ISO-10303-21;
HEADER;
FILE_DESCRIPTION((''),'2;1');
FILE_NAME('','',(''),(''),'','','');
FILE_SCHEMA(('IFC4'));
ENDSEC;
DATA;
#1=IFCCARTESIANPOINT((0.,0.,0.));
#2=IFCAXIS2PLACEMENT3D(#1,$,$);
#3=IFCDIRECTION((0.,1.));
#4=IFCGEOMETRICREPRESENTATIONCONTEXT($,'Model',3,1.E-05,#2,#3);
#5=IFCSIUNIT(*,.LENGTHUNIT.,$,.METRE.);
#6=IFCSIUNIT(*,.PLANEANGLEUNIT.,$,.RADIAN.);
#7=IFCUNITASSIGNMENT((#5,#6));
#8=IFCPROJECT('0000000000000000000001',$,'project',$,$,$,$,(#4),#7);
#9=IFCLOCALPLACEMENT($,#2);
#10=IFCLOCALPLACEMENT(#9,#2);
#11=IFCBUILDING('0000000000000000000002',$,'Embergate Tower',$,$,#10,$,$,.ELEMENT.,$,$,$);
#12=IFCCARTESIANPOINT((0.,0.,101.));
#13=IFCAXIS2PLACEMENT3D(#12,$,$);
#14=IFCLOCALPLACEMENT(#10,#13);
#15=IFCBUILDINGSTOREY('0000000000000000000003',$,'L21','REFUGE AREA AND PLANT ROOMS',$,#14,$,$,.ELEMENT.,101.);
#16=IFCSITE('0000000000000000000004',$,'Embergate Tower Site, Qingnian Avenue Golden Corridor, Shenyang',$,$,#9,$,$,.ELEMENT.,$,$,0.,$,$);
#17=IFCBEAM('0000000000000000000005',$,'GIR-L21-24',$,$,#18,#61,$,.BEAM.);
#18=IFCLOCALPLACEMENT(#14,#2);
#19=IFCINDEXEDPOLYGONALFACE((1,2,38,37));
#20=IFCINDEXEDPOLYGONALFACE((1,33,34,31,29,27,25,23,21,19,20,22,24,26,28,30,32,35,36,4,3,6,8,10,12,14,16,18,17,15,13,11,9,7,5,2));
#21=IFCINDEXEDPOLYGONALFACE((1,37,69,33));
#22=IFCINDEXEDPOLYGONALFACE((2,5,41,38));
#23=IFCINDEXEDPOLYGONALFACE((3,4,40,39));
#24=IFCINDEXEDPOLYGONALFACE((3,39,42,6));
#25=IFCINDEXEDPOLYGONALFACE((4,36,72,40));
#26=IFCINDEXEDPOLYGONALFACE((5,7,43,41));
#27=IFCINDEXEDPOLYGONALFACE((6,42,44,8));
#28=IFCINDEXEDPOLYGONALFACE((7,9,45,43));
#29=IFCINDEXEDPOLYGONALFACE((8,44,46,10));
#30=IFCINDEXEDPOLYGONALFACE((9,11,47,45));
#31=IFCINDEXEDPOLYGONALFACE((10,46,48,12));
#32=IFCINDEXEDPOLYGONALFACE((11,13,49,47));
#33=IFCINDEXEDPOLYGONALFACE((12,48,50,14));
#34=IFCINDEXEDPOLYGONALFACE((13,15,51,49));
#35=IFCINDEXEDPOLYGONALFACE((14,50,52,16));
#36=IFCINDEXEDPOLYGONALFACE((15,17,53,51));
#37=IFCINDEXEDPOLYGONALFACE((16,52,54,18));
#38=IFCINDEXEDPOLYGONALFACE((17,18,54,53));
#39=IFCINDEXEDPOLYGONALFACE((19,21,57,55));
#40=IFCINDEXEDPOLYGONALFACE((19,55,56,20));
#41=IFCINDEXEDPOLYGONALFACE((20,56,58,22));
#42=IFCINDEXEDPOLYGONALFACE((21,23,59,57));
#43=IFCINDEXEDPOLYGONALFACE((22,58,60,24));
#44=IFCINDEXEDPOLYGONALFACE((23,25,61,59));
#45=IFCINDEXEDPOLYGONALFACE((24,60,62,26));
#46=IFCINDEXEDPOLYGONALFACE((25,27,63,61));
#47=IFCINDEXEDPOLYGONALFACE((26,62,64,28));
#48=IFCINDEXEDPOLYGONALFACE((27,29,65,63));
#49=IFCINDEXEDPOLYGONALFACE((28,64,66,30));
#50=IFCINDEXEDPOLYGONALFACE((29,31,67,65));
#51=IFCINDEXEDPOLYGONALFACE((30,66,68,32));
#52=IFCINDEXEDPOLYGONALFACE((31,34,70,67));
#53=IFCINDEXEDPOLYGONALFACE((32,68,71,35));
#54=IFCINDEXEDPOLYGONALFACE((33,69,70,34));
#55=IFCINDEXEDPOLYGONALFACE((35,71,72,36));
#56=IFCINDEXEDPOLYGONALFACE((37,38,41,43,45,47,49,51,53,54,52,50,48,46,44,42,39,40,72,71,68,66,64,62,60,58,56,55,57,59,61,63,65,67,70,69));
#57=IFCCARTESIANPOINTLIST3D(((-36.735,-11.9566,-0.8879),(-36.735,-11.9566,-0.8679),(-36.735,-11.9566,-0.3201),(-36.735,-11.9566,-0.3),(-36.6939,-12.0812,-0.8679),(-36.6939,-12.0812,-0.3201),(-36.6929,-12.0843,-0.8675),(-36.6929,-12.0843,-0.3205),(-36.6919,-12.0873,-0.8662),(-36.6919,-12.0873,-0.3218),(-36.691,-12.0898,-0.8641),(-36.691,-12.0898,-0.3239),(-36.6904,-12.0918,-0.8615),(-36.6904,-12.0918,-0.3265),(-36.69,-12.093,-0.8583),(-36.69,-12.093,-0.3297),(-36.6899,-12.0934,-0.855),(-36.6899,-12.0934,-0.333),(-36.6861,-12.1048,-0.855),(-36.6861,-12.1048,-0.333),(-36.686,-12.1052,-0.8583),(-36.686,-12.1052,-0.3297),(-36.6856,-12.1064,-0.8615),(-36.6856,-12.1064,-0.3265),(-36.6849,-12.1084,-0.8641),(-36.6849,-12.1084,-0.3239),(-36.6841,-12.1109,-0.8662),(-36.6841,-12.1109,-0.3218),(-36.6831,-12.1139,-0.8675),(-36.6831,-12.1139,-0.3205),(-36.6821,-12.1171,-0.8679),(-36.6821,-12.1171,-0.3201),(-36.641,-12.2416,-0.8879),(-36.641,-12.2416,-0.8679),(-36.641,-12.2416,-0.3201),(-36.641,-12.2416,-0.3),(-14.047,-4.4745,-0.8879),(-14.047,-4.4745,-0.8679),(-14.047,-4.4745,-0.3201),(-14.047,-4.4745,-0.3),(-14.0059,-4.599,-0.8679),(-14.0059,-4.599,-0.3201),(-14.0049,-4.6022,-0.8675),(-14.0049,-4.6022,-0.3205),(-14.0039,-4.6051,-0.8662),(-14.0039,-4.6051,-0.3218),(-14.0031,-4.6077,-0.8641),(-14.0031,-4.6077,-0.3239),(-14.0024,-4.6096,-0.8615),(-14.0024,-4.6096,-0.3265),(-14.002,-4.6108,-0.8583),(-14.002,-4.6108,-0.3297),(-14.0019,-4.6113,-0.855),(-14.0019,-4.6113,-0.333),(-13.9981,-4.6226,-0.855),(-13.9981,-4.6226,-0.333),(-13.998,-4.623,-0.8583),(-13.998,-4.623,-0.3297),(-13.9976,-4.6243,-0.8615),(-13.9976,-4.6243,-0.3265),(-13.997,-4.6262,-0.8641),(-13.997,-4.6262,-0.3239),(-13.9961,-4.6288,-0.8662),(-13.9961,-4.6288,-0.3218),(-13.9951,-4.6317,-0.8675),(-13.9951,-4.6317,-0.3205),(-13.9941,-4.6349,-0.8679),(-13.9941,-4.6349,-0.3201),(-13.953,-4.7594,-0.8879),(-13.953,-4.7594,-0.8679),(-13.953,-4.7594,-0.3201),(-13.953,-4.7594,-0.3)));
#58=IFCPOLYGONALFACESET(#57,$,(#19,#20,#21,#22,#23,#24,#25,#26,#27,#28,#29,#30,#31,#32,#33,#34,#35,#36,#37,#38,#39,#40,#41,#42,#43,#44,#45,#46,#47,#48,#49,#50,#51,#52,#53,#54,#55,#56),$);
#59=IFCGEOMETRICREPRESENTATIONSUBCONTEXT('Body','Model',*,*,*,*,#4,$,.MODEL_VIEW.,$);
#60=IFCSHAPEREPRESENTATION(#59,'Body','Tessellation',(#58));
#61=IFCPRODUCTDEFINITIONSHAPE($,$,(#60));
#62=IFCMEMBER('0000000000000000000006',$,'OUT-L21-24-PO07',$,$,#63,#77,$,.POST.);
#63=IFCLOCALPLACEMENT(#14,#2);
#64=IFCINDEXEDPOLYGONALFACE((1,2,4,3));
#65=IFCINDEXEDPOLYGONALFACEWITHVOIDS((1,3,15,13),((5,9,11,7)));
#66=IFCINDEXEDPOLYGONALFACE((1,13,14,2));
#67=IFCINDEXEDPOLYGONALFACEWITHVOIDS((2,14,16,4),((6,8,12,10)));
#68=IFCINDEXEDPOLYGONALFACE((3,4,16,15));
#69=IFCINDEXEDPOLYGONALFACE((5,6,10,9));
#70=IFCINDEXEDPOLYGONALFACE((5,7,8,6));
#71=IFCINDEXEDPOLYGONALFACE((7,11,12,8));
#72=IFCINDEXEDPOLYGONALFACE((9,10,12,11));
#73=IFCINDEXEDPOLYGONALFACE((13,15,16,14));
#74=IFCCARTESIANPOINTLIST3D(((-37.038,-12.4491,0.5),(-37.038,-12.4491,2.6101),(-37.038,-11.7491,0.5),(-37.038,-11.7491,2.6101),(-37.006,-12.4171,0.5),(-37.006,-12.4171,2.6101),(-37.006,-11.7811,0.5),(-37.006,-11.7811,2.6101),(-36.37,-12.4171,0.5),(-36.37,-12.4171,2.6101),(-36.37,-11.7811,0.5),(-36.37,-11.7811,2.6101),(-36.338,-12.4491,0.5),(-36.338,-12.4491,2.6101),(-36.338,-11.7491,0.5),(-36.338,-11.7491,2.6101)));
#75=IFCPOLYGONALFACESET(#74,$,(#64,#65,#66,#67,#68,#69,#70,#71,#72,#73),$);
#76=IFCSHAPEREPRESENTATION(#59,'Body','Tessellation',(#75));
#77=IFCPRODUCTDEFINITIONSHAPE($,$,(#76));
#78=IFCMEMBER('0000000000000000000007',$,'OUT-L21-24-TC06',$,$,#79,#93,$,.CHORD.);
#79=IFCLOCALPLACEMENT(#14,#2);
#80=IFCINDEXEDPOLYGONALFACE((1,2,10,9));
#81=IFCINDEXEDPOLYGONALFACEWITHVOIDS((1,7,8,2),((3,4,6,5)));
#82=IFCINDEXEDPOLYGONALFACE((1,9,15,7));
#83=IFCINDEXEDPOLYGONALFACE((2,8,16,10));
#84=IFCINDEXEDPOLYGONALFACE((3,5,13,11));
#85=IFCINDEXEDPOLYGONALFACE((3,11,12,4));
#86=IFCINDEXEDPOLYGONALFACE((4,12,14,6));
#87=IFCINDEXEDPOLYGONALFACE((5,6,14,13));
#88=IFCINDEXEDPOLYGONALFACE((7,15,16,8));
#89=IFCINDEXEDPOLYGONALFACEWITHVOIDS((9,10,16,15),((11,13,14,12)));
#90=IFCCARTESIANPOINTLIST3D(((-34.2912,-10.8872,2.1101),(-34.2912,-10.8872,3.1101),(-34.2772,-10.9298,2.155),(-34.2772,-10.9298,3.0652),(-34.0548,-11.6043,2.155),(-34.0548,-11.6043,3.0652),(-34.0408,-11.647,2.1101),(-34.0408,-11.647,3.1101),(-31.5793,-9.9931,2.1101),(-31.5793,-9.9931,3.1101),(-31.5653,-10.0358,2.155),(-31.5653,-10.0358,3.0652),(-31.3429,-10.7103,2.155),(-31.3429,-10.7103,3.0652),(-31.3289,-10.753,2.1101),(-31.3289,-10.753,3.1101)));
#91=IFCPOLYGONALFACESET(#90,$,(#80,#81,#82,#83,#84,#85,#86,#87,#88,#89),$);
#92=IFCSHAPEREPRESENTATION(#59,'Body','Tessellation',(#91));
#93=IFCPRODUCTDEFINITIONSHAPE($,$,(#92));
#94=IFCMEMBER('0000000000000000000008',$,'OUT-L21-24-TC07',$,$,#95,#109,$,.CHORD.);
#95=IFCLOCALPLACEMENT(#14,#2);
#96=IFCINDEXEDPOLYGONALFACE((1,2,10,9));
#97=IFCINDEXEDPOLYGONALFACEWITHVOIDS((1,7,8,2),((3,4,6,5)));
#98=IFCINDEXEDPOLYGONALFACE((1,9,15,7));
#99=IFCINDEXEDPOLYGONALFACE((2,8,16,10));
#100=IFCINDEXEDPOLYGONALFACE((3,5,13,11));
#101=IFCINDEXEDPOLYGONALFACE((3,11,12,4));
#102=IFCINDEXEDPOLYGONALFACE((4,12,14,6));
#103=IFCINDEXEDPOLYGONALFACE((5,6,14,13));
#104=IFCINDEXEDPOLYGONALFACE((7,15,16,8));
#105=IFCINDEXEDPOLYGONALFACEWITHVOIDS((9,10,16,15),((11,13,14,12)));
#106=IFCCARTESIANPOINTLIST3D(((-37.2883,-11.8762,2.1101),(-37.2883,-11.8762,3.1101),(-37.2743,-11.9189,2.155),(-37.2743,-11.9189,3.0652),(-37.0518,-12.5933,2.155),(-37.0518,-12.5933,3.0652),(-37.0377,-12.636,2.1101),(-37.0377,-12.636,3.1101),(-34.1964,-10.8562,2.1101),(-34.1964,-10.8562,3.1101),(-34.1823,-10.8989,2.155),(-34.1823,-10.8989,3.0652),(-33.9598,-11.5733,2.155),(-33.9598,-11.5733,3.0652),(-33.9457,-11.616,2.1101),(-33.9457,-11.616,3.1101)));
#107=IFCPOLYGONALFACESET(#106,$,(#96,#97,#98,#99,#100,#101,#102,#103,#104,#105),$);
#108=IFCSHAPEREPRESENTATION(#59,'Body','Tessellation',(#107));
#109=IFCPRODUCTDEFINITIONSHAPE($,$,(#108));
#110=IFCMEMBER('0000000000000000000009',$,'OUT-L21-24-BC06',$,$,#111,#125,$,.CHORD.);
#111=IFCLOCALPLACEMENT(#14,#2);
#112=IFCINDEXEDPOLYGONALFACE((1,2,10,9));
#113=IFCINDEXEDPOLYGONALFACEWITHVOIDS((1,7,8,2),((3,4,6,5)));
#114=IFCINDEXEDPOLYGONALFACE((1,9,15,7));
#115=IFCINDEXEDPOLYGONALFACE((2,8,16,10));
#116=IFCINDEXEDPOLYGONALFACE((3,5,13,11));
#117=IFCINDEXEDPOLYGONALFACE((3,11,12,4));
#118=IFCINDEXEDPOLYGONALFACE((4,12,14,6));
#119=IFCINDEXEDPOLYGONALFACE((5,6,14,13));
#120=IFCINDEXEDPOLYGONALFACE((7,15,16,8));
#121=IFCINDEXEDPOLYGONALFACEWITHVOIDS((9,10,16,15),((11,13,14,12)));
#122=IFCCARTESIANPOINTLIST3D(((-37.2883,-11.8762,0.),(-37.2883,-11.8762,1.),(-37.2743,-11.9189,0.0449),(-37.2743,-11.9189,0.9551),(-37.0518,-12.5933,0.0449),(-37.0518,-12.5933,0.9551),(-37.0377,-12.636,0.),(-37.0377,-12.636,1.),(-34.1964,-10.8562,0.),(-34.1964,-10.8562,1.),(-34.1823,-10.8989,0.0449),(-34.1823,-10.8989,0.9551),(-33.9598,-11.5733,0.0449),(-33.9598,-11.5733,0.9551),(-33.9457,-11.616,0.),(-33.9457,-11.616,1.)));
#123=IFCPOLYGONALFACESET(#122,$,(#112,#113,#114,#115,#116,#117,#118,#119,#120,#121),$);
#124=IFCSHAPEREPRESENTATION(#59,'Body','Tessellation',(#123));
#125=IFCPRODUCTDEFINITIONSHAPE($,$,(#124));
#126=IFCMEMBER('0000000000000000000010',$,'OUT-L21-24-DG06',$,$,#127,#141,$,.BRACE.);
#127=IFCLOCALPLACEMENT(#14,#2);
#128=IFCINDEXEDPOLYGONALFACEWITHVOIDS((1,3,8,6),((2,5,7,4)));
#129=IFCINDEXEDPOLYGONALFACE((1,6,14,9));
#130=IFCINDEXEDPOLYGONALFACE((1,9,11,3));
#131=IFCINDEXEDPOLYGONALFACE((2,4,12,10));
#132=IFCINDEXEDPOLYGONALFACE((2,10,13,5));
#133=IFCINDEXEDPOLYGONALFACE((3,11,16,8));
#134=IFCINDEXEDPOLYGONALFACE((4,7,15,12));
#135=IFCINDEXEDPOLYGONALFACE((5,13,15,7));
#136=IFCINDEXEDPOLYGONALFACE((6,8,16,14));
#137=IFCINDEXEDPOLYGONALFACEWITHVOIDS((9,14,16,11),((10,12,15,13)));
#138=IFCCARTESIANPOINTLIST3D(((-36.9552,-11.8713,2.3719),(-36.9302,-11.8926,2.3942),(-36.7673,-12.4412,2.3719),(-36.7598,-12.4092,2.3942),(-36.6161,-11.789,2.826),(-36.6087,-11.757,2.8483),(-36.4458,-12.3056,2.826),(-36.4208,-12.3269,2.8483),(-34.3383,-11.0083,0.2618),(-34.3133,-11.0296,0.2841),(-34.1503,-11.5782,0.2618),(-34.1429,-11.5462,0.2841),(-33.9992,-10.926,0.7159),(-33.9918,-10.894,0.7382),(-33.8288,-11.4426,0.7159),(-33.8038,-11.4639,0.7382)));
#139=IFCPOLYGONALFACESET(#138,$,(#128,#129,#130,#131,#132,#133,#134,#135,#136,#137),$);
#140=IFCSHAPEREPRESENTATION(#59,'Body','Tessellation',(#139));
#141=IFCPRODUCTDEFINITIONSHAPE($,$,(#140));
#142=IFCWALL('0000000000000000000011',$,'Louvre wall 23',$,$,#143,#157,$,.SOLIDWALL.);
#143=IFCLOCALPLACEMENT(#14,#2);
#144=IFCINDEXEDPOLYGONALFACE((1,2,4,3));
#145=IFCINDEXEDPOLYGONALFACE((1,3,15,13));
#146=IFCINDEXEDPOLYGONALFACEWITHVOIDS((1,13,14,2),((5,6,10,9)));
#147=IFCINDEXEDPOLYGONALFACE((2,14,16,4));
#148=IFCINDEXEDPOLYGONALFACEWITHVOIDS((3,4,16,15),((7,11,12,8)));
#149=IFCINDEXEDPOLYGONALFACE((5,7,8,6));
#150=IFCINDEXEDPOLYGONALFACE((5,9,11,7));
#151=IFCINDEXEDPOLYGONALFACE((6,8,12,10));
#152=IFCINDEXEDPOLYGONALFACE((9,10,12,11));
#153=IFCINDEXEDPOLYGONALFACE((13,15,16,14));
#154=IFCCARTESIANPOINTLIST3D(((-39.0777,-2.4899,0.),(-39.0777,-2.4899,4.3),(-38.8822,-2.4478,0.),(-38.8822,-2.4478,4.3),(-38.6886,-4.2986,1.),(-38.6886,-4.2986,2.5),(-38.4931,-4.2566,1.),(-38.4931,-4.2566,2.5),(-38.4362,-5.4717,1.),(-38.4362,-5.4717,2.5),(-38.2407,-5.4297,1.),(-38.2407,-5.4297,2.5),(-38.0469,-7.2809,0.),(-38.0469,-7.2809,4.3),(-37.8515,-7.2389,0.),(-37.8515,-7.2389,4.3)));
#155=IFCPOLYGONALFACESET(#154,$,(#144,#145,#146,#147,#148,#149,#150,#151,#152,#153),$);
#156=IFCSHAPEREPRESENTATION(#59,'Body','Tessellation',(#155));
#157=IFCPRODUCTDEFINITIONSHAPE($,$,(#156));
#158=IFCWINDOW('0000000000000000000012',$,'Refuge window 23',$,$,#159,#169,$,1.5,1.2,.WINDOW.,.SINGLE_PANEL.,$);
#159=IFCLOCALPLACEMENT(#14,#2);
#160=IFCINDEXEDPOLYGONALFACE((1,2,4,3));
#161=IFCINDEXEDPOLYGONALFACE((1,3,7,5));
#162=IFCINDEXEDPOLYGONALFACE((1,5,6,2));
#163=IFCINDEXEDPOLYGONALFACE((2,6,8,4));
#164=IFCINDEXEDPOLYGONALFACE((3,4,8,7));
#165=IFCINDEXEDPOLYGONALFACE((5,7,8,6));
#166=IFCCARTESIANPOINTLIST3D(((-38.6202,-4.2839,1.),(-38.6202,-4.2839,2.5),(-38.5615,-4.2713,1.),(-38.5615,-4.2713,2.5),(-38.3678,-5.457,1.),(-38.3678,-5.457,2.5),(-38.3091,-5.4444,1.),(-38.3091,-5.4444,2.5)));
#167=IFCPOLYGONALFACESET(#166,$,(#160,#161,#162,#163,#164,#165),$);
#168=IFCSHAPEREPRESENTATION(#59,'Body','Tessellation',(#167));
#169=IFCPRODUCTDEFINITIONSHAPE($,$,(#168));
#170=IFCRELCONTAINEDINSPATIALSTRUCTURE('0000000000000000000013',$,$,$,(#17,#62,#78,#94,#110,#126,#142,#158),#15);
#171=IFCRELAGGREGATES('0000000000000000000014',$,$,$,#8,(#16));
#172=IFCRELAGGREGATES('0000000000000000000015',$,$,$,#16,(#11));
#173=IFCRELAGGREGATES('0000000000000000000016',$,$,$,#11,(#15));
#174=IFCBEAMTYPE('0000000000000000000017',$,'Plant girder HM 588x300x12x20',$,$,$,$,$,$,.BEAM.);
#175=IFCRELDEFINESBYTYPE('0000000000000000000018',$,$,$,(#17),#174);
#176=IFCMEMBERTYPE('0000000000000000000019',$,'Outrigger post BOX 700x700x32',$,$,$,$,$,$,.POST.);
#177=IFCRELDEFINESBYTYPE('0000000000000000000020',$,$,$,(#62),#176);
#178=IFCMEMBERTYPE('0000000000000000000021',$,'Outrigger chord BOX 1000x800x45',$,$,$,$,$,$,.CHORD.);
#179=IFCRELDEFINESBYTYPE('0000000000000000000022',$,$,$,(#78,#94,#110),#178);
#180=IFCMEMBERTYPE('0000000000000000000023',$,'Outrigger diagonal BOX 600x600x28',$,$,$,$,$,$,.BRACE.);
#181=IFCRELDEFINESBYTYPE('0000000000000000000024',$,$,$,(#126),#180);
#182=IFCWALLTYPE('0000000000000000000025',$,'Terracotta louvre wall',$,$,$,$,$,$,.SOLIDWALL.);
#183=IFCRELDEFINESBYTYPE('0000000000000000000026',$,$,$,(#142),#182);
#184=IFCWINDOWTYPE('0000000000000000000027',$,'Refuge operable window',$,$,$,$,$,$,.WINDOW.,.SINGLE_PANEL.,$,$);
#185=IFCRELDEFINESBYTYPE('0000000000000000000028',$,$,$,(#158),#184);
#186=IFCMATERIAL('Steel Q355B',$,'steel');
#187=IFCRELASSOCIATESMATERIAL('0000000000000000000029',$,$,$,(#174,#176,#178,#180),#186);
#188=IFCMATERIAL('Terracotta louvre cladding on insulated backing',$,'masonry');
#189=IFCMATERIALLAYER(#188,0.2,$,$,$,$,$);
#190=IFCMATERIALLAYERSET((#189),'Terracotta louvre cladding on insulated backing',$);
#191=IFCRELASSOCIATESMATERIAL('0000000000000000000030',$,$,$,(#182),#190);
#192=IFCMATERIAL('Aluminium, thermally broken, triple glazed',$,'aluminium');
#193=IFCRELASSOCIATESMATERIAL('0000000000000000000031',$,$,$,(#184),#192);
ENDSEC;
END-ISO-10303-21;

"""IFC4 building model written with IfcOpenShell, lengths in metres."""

from ifc_helpers import new_model, si_unit, direction, frame, frame_2d, origin, origin_2d, place, context, subcontext, project, spatial, rectangle, hollow_rectangle, i_section, extrude, source, transform, mapped, material, layer, layer_set, material_profile, profile_set, type_object, element, fill, save


model = new_model("IFC4")

# Units and contexts
model_context = context("Model", 3, precision=1e-05, world=origin(), true_north=direction((0.0, 1.0)))
body_context = subcontext(model_context, "Body", "Model", "MODEL_VIEW")
ifc_project = project(units=[si_unit("LENGTHUNIT", "METRE"), si_unit("PLANEANGLEUNIT", "RADIAN")], contexts=[model_context])

# Site, building, storey
site_placement = place(None, origin())
site = spatial("IfcSite", under=ifc_project, at=site_placement, Name="Embergate Tower Site, Qingnian Avenue Golden Corridor, Shenyang", CompositionType="ELEMENT", RefElevation=0.0)
building_placement = place(site_placement, origin())
building = spatial("IfcBuilding", under=site, at=building_placement, Name="Embergate Tower", CompositionType="ELEMENT")
storey_placement = place(building_placement, frame((0.0, 0.0, 101.0)))
storey = spatial("IfcBuildingStorey", under=building, at=storey_placement, Name="L21", Description="REFUGE AREA AND PLANT ROOMS", CompositionType="ELEMENT", Elevation=101.0)

# Beam
ifc_material_1 = material(Name="Steel Q355B", Category="steel")
ifc_material_profile_1 = material_profile(ifc_material_1, i_section(OverallWidth=0.3, OverallDepth=0.5879, WebThickness=0.012, FlangeThickness=0.02, FilletRadius=0.0129, at=origin_2d()), Name="HM 588x300x12x20")
ifc_profile_set_1 = profile_set([ifc_material_profile_1], Name="Steel Q355 grade B")
beam_type_1 = type_object("IfcBeamType", Name="Plant girder HM 588x300x12x20", PredefinedType="BEAM", material=ifc_profile_set_1)
shared_shape_1 = source(origin(), body_context, "Body", "SweptSolid", [
    extrude(i_section(OverallWidth=0.3, OverallDepth=0.5879, WebThickness=0.012, FlangeThickness=0.02, FilletRadius=0.0129, at=origin_2d()), origin(), (0.0, 0.0, 1.0), 23.8899),
])
beam_1_placement = place(storey_placement, frame((-36.688, -12.0991, -0.594), z_axis=(0.949689, 0.313194, 0.0), x_axis=(-0.313194, 0.949689, 0.0)))
element("IfcBeam", 1, at=beam_1_placement, inside=storey, type_object=beam_type_1, Name="GIR-L21-24", PredefinedType="BEAM", context=body_context, shape_type="MappedRepresentation", body=[
    mapped(shared_shape_1, transform((0.0, 0.0, 0.0))),
])

# Members
ifc_material_profile_2 = material_profile(ifc_material_1, hollow_rectangle(XDim=0.7, YDim=0.7, WallThickness=0.032, at=origin_2d()), Name="BOX 700x700x32")
ifc_profile_set_2 = profile_set([ifc_material_profile_2], Name="Steel Q355 grade B")
member_type_1 = type_object("IfcMemberType", Name="Outrigger post BOX 700x700x32", PredefinedType="POST", material=ifc_profile_set_2)
shared_shape_2 = source(origin(), body_context, "Body", "SweptSolid", [
    extrude(hollow_rectangle(XDim=0.7, YDim=0.7, WallThickness=0.032, at=origin_2d()), origin(), (0.0, 0.0, 1.0), 2.1101),
])
member_1_placement = place(storey_placement, frame((-36.688, -12.0991, 0.5), z_axis=(0.0, 0.0, 1.0), x_axis=(1.0, 0.0, 0.0)))
element("IfcMember", 2, at=member_1_placement, inside=storey, type_object=member_type_1, Name="OUT-L21-24-PO07", PredefinedType="POST", context=body_context, shape_type="MappedRepresentation", body=[
    mapped(shared_shape_2, transform((0.0, 0.0, 0.0))),
])
ifc_material_profile_3 = material_profile(ifc_material_1, hollow_rectangle(XDim=0.8, YDim=1.0, WallThickness=0.0449, at=origin_2d()), Name="BOX 1000x800x45")
ifc_profile_set_3 = profile_set([ifc_material_profile_3], Name="Steel Q355 grade B")
member_type_2 = type_object("IfcMemberType", Name="Outrigger chord BOX 1000x800x45", PredefinedType="CHORD", material=ifc_profile_set_3)
shared_shape_3 = source(origin(), body_context, "Body", "SweptSolid", [
    extrude(hollow_rectangle(XDim=0.8, YDim=1.0, WallThickness=0.0449, at=origin_2d()), origin(), (0.0, 0.0, 1.0), 2.8555),
])
member_2_placement = place(storey_placement, frame((-31.4541, -10.373, 2.6101), z_axis=(-0.949721, -0.313097, 0.0), x_axis=(0.313097, -0.949721, 0.0)))
element("IfcMember", 3, at=member_2_placement, inside=storey, type_object=member_type_2, Name="OUT-L21-24-TC06", PredefinedType="CHORD", context=body_context, shape_type="MappedRepresentation", body=[
    mapped(shared_shape_3, transform((0.0, 0.0, 0.0))),
])
shared_shape_4 = source(origin(), body_context, "Body", "SweptSolid", [
    extrude(hollow_rectangle(XDim=0.8, YDim=1.0, WallThickness=0.0449, at=origin_2d()), origin(), (0.0, 0.0, 1.0), 3.2559),
])
for number, where, z_axis, x_axis, name in (
    (4, (-34.071, -11.2361, 2.6101), (-0.949661, -0.313279, 0.0), (0.313279, -0.949661, 0.0), "OUT-L21-24-TC07"),
    (5, (-34.071, -11.2361, 0.5), (-0.949661, -0.313279, 0.0), (0.313279, -0.949661, 0.0), "OUT-L21-24-BC06"),
):
    element("IfcMember", number, at=place(storey_placement, frame(where, z_axis=z_axis, x_axis=x_axis)), inside=storey, type_object=member_type_2, Name=name, PredefinedType="CHORD", context=body_context, shape_type="MappedRepresentation", body=[
        mapped(shared_shape_4, transform((0.0, 0.0, 0.0))),
    ])
ifc_material_profile_4 = material_profile(ifc_material_1, hollow_rectangle(XDim=0.6001, YDim=0.6001, WallThickness=0.0281, at=origin_2d()), Name="BOX 600x600x28")
ifc_profile_set_4 = profile_set([ifc_material_profile_4], Name="Steel Q355 grade B")
member_type_3 = type_object("IfcMemberType", Name="Outrigger diagonal BOX 600x600x28", PredefinedType="BRACE", material=ifc_profile_set_4)
shared_shape_5 = source(origin(), body_context, "Body", "SweptSolid", [
    extrude(hollow_rectangle(XDim=0.6001, YDim=0.6001, WallThickness=0.0281, at=origin_2d()), origin(), (0.0, 0.0, 1.0), 3.4707),
])
member_3_placement = place(storey_placement, frame((-34.071, -11.2361, 0.5), z_axis=(-0.75401, -0.248663, 0.607977), x_axis=(0.313196, -0.949688, 0.0)))
element("IfcMember", 6, at=member_3_placement, inside=storey, type_object=member_type_3, Name="OUT-L21-24-DG06", PredefinedType="BRACE", context=body_context, shape_type="MappedRepresentation", body=[
    mapped(shared_shape_5, transform((0.0, 0.0, 0.0))),
])

# Wall, opening, window
ifc_material_2 = material(Name="Terracotta louvre cladding on insulated backing", Category="masonry")
ifc_layer_1 = layer(ifc_material_2, 0.2)
ifc_layer_set_1 = layer_set([ifc_layer_1], Name="Terracotta louvre cladding on insulated backing")
wall_type = type_object("IfcWallType", Name="Terracotta louvre wall", PredefinedType="SOLIDWALL", material=ifc_layer_set_1)
shared_shape_6 = source(origin(), body_context, "Body", "SweptSolid", [
    extrude(rectangle(XDim=4.9006, YDim=0.2, at=frame_2d((2.4502, 0.0))), origin(), (0.0, 0.0, 1.0), 4.3),
])
wall_1_placement = place(storey_placement, frame((-37.9492, -7.2598, 0.0), z_axis=(0.0, 0.0, 1.0), x_axis=(-0.210332, 0.97763, 0.0)))
wall_1 = element("IfcWall", 7, at=wall_1_placement, inside=storey, type_object=wall_type, Name="Louvre wall 23", PredefinedType="SOLIDWALL", context=body_context, shape_type="MappedRepresentation", body=[
    mapped(shared_shape_6, transform((0.0, 0.0, 0.0))),
])
shared_shape_7 = source(origin(), body_context, "Body", "SweptSolid", [
    extrude(rectangle(XDim=1.2, YDim=1.5, at=frame_2d((0.6001, 0.75))), frame((0.0, 0.1099, 0.0), z_axis=(0.0, -1.0, 0.0), x_axis=(1.0, 0.0, 0.0)), (0.0, 0.0, 1.0), 0.22),
])
opening_1_placement = place(wall_1_placement, frame((1.8503, 0.0, 1.0)))
opening_1 = element("IfcOpeningElement", 8, at=opening_1_placement, cuts=wall_1, PredefinedType="OPENING", context=body_context, shape_type="MappedRepresentation", body=[
    mapped(shared_shape_7, transform((0.0, 0.0, 0.0))),
])
ifc_material_3 = material(Name="Aluminium, thermally broken, triple glazed", Category="aluminium")
window_type = type_object("IfcWindowType", Name="Refuge operable window", PartitioningType="SINGLE_PANEL", PredefinedType="WINDOW", material=ifc_material_3)
shared_shape_8 = source(origin(), body_context, "Body", "SweptSolid", [
    extrude(rectangle(XDim=1.2, YDim=1.5, at=frame_2d((0.6001, 0.75))), frame((0.0, 0.03, 0.0), z_axis=(0.0, -1.0, 0.0), x_axis=(1.0, 0.0, 0.0)), (0.0, 0.0, 1.0), 0.0601),
])
window_1_placement = place(opening_1_placement, origin())
window_1 = element("IfcWindow", 9, at=window_1_placement, inside=storey, type_object=window_type, Name="Refuge window 23", OverallHeight=1.5, OverallWidth=1.2, PartitioningType="SINGLE_PANEL", PredefinedType="WINDOW", context=body_context, shape_type="MappedRepresentation", body=[
    mapped(shared_shape_8, transform((0.0, 0.0, 0.0))),
])
fill(opening_1, window_1)

save(model, "model.ifc")
